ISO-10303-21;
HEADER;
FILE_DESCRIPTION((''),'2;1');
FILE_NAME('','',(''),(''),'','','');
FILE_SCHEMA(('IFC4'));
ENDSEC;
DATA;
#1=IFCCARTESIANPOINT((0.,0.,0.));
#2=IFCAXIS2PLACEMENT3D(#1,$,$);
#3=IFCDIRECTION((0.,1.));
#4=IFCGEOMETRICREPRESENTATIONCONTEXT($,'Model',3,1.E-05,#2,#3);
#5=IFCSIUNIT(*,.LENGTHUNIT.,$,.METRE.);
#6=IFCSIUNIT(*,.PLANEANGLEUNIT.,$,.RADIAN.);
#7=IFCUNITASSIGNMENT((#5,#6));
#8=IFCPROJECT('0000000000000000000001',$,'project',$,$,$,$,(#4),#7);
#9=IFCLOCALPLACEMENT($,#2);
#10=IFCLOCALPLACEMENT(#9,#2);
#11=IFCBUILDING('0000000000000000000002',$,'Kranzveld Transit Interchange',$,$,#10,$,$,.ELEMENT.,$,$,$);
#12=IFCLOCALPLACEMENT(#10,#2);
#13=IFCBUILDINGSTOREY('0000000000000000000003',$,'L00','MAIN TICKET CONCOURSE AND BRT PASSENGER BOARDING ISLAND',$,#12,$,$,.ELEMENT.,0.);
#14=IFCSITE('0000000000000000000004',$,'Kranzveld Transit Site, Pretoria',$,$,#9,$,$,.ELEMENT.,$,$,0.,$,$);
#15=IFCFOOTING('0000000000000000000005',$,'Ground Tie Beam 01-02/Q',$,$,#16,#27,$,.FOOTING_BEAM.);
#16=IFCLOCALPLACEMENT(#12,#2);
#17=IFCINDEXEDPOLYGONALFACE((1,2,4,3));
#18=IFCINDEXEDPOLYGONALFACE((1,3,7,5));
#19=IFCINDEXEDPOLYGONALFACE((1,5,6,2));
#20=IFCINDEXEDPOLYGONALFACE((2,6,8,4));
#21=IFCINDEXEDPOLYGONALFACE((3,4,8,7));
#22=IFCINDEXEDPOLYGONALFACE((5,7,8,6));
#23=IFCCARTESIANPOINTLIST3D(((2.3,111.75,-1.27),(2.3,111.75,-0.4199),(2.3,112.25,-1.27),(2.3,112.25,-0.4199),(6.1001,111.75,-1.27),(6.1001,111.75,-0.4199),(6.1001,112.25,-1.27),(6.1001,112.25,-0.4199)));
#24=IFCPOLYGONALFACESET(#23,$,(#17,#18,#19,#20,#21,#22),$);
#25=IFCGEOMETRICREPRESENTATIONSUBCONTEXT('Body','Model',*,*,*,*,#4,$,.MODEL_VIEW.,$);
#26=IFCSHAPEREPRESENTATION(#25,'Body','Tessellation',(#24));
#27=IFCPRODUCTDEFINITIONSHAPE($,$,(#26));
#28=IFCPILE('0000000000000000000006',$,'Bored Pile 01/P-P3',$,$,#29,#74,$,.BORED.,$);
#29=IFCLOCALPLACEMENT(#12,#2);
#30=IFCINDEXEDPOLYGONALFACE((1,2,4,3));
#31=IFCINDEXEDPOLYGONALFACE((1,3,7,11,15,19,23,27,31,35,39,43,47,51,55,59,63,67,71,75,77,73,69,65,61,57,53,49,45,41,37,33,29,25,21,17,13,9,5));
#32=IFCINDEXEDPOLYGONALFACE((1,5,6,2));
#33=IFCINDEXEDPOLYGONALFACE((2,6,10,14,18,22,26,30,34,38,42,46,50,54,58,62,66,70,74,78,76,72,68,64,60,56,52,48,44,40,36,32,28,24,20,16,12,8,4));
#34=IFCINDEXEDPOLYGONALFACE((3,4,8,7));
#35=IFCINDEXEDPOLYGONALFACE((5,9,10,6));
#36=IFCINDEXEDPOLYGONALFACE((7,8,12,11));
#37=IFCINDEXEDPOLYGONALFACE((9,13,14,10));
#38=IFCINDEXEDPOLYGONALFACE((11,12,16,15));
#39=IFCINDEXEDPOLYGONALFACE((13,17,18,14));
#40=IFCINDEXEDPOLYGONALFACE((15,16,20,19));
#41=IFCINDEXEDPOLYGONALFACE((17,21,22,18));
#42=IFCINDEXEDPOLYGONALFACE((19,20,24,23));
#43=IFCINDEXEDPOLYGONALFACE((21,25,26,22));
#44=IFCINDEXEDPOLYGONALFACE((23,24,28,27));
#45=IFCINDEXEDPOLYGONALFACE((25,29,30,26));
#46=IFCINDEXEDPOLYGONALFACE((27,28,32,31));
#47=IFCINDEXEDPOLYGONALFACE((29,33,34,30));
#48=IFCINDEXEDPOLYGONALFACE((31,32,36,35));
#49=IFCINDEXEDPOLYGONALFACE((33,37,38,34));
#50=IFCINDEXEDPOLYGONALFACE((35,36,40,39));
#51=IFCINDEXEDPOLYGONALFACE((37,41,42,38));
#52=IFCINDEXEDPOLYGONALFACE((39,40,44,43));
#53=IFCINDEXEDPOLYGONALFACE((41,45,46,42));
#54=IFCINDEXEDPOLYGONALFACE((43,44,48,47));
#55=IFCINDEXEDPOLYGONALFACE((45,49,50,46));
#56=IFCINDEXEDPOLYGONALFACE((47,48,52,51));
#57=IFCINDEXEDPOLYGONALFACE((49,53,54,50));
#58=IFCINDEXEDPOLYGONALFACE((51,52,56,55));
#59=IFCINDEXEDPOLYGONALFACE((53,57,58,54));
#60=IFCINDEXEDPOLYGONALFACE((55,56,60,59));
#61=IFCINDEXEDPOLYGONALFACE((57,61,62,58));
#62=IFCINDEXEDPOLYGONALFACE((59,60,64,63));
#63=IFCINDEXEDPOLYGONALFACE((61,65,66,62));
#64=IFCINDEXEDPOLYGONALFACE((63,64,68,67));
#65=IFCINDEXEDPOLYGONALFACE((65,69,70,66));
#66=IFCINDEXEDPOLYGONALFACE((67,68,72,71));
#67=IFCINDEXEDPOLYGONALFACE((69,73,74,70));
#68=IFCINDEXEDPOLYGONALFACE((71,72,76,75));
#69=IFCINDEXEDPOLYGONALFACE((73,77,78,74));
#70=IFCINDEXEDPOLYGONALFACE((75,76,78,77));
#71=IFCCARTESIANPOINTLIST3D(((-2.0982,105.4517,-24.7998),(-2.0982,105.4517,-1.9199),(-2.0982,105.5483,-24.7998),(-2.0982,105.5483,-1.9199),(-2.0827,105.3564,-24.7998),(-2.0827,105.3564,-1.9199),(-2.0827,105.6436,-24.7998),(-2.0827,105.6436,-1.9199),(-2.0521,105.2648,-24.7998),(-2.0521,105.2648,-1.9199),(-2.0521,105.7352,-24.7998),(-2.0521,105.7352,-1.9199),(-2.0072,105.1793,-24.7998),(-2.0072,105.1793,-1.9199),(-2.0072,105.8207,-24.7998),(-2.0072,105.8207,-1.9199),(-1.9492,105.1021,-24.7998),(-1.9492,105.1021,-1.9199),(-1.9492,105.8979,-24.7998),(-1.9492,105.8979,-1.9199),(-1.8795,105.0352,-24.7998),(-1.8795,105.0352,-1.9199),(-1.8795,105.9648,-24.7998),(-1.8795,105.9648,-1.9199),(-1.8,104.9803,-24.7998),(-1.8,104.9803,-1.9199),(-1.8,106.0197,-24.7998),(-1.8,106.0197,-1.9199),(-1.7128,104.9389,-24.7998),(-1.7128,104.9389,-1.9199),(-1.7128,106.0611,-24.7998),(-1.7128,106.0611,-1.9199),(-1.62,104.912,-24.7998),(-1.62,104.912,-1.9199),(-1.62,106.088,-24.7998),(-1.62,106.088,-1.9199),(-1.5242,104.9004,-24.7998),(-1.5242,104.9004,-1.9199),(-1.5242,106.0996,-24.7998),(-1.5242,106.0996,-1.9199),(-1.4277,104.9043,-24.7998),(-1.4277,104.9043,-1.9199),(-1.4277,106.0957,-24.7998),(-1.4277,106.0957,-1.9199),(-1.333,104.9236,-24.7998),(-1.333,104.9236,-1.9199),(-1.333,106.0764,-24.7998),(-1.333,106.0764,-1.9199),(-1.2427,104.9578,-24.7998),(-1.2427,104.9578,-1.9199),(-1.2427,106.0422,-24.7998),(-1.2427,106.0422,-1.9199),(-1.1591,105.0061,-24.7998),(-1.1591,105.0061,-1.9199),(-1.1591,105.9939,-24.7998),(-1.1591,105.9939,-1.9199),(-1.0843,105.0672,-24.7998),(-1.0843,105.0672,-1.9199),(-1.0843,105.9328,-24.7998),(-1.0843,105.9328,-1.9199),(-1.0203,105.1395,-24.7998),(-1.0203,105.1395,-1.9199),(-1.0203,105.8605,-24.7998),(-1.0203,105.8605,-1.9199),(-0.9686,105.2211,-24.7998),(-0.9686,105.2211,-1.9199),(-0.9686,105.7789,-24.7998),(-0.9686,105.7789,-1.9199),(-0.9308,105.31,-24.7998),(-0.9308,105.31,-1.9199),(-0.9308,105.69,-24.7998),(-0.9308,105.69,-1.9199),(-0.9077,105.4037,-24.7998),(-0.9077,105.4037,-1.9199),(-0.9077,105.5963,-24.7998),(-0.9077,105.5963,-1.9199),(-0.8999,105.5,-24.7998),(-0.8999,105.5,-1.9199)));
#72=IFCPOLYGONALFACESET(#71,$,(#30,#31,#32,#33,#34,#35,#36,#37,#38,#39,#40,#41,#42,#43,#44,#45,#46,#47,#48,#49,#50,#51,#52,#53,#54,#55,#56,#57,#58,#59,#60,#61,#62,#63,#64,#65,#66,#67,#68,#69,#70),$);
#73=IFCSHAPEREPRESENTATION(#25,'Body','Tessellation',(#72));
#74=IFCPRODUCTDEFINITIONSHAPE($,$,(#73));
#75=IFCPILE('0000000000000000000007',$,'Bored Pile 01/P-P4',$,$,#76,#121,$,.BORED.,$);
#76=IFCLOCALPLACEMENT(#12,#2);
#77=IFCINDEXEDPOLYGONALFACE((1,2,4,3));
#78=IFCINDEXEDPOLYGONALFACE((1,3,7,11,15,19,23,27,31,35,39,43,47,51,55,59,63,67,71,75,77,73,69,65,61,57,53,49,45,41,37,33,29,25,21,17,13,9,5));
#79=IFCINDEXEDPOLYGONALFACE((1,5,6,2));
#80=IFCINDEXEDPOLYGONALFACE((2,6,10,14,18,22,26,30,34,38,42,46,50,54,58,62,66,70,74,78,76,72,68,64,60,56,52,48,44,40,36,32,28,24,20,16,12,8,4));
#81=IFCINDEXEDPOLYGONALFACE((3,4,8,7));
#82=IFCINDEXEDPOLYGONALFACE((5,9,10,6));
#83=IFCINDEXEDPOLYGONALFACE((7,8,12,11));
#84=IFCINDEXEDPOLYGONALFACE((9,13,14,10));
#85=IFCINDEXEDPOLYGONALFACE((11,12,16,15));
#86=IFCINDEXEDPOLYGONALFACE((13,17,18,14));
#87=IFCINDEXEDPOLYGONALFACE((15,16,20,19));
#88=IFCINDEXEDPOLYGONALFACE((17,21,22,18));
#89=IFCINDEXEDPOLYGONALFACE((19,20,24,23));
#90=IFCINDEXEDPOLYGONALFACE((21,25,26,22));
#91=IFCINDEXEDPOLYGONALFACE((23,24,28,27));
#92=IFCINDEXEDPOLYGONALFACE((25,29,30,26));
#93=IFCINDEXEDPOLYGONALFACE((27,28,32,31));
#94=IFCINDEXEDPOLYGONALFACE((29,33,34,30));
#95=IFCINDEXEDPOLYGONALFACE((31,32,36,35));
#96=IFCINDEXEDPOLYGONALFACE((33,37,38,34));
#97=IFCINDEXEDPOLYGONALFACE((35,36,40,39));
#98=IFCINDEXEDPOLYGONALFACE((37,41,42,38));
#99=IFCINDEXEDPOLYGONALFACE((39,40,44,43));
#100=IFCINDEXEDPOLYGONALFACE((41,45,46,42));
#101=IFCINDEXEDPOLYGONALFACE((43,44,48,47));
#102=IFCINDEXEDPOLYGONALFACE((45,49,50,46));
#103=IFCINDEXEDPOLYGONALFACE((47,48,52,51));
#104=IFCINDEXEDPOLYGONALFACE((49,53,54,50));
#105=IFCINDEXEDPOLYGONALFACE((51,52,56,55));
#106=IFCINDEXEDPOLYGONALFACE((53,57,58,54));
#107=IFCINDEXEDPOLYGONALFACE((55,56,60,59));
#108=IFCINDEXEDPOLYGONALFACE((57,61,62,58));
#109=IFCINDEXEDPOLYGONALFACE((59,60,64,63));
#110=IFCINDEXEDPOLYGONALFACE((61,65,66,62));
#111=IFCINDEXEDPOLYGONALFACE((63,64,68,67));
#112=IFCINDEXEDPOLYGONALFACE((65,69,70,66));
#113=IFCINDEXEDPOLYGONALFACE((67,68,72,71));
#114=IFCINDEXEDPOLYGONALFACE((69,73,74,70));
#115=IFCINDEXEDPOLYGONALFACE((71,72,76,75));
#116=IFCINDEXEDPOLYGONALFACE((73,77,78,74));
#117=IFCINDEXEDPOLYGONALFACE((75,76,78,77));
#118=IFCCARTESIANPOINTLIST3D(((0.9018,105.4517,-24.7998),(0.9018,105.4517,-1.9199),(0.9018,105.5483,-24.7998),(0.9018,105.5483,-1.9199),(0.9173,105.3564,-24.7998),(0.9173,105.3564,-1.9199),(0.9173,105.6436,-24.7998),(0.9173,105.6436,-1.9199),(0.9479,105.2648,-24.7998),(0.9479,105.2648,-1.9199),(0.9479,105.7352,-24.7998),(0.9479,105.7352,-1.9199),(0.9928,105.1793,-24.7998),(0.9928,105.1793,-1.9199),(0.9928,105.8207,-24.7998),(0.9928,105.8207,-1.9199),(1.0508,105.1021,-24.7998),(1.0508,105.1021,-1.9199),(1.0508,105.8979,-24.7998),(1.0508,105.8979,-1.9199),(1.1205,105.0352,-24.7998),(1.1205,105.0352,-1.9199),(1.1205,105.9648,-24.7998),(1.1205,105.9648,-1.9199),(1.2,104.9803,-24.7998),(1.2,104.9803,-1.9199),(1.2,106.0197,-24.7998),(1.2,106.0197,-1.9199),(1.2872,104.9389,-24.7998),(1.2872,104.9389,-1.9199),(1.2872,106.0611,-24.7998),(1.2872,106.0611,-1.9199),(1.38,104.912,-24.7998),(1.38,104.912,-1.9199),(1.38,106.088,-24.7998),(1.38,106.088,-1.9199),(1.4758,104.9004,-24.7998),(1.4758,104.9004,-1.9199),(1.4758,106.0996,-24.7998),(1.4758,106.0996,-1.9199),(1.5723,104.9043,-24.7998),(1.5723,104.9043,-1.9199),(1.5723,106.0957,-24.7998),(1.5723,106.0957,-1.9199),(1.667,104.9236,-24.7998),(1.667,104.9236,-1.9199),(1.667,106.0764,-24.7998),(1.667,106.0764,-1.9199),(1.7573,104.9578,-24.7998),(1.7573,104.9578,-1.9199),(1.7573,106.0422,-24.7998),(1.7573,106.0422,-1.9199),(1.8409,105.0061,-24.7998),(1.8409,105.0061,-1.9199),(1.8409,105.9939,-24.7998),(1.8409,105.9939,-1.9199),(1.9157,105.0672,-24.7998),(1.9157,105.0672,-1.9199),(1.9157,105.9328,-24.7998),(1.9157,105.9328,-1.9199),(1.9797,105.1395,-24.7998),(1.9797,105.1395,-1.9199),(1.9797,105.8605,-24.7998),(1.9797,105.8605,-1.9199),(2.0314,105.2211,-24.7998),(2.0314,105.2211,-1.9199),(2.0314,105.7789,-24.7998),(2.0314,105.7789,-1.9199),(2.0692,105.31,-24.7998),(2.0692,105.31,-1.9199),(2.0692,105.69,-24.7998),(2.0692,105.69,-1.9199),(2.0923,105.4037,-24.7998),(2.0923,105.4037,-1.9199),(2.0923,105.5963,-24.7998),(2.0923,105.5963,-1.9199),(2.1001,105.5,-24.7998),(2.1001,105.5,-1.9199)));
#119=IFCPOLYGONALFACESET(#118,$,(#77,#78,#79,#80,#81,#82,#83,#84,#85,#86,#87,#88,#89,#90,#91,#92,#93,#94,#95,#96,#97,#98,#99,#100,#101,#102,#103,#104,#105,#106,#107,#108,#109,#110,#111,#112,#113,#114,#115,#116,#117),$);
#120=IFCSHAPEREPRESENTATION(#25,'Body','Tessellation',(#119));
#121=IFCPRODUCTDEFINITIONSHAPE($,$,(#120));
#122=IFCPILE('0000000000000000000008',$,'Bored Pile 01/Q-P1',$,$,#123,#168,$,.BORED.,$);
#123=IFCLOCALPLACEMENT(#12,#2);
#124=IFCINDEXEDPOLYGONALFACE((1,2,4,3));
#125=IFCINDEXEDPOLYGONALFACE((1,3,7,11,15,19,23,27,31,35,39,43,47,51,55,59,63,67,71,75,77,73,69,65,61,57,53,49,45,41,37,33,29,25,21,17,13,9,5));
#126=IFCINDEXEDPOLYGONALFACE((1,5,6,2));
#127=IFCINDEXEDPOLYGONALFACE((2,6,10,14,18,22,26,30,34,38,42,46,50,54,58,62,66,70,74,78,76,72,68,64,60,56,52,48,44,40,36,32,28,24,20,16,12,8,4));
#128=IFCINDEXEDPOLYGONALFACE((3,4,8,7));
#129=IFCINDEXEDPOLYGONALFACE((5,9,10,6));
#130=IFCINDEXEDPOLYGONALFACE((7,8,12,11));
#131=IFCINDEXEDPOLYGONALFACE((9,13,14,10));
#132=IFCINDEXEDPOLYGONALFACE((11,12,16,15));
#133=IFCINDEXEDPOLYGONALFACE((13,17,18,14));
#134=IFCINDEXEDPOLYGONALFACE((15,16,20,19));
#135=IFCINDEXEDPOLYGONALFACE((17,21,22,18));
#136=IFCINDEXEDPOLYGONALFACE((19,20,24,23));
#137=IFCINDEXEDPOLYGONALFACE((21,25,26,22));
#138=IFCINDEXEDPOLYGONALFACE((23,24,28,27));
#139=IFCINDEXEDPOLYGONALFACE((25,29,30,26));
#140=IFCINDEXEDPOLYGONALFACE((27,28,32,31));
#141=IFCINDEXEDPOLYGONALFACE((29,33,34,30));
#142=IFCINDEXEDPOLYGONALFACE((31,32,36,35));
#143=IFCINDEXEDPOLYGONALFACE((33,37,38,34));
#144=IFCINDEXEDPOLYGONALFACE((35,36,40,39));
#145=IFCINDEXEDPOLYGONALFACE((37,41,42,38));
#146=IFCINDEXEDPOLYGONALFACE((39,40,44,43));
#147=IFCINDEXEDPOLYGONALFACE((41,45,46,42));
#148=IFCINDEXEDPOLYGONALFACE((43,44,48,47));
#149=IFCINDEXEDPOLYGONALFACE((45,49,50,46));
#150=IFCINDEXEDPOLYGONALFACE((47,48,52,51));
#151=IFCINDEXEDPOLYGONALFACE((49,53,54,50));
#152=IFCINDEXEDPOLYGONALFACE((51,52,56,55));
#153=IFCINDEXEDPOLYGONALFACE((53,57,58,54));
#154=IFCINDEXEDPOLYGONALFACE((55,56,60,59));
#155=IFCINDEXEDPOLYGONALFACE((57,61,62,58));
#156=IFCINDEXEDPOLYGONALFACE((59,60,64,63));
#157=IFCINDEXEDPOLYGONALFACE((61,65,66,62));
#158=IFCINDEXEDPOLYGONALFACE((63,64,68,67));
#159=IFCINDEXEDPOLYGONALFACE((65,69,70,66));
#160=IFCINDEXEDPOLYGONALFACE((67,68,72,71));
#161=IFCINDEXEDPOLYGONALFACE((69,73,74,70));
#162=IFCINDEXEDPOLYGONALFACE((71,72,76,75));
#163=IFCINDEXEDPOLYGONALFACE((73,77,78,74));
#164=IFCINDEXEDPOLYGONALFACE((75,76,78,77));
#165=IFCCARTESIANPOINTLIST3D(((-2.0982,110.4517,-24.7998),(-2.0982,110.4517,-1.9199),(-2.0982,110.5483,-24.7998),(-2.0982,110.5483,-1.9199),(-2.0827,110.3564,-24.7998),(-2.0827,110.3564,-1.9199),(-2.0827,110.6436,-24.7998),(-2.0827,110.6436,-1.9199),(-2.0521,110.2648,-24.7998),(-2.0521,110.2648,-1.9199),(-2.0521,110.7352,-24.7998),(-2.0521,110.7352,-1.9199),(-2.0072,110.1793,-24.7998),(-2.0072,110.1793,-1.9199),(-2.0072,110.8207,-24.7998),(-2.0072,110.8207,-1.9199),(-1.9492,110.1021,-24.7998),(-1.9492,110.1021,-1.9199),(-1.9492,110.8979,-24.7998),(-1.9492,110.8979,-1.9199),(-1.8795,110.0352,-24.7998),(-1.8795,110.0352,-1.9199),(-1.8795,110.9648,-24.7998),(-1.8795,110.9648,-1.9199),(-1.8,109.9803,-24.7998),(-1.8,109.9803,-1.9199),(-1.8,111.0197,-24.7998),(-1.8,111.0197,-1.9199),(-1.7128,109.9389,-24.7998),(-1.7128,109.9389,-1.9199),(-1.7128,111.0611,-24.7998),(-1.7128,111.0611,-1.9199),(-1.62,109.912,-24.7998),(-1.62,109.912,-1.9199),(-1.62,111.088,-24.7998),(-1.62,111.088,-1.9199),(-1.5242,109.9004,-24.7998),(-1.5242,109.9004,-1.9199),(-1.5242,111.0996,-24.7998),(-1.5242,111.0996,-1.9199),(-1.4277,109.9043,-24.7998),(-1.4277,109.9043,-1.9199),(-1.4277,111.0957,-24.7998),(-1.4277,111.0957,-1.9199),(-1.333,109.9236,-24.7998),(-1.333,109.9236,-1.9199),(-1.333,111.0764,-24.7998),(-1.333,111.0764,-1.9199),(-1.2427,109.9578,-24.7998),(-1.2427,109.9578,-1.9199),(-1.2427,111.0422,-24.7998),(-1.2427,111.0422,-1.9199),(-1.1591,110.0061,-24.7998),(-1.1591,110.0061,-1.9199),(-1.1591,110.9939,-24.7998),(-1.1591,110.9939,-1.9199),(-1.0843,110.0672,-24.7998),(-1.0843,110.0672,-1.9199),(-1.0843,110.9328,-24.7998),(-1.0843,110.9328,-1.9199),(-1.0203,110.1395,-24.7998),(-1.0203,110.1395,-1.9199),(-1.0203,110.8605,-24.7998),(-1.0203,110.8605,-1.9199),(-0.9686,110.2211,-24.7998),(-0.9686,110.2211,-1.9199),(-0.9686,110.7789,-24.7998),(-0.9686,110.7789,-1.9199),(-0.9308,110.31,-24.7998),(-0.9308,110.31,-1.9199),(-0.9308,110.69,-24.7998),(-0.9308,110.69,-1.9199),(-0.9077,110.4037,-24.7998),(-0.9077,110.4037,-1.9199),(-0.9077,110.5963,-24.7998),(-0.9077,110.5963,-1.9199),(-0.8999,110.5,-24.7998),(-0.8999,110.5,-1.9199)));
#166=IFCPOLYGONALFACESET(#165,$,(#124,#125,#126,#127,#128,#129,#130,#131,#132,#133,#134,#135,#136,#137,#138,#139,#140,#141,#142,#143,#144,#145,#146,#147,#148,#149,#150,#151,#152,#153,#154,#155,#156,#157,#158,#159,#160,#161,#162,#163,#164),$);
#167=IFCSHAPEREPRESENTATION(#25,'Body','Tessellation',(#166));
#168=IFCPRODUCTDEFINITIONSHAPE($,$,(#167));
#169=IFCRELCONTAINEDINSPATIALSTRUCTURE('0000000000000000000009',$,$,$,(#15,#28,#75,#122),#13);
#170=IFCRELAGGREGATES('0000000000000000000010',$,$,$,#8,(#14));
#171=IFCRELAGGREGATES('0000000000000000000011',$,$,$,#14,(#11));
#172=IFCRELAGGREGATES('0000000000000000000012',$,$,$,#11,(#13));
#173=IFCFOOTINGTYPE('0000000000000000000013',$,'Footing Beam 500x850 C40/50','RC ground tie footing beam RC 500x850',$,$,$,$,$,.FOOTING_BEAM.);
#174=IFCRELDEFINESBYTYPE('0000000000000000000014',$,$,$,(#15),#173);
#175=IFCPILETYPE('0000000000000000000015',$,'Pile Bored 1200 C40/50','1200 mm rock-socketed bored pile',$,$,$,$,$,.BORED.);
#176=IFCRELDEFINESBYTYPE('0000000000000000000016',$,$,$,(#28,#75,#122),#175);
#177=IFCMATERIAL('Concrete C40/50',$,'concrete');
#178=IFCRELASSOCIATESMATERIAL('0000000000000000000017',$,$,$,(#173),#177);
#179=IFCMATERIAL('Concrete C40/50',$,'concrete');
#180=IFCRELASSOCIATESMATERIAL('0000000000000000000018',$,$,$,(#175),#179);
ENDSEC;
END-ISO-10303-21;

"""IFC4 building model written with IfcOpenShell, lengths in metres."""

from ifc_helpers import new_model, si_unit, direction, frame, origin, origin_2d, place, context, subcontext, project, spatial, rectangle, circle, extrude, material, material_profile, profile_set, type_object, element, save


model = new_model("IFC4")

# Units and contexts
model_context = context("Model", 3, precision=1e-05, world=origin(), true_north=direction((0.0, 1.0)))
body_context = subcontext(model_context, "Body", "Model", "MODEL_VIEW")
ifc_project = project(units=[si_unit("LENGTHUNIT", "METRE"), si_unit("PLANEANGLEUNIT", "RADIAN")], contexts=[model_context])

# Site, building, storey
site_placement = place(None, origin())
site = spatial("IfcSite", under=ifc_project, at=site_placement, Name="Kranzveld Transit Site, Pretoria", CompositionType="ELEMENT", RefElevation=0.0)
building_placement = place(site_placement, origin())
building = spatial("IfcBuilding", under=site, at=building_placement, Name="Kranzveld Transit Interchange", CompositionType="ELEMENT")
storey_placement = place(building_placement, origin())
storey = spatial("IfcBuildingStorey", under=building, at=storey_placement, Name="L00", Description="MAIN TICKET CONCOURSE AND BRT PASSENGER BOARDING ISLAND", CompositionType="ELEMENT", Elevation=0.0)

# Footing
ifc_material_1 = material(Name="Concrete C40/50", Category="concrete")
ifc_material_profile_1 = material_profile(ifc_material_1, rectangle(XDim=0.5, YDim=0.8501, at=origin_2d()), Name="RC 500x850")
ifc_profile_set_1 = profile_set([ifc_material_profile_1], Name="Concrete C40/50")
footing_type_1 = type_object("IfcFootingType", Name="Footing Beam 500x850 C40/50", Description="RC ground tie footing beam RC 500x850", PredefinedType="FOOTING_BEAM", material=ifc_profile_set_1)
footing_placement = place(storey_placement, frame((2.3, 112.0, -0.845), z_axis=(1.0, 0.0, 0.0), x_axis=(0.0, 1.0, 0.0)))
element("IfcFooting", 1, at=footing_placement, inside=storey, type_object=footing_type_1, Name="Ground Tie Beam 01-02/Q", PredefinedType="FOOTING_BEAM", context=body_context, shape_type="SweptSolid", body=[
    extrude(rectangle(XDim=0.5, YDim=0.8501, at=origin_2d()), origin(), (0.0, 0.0, 1.0), 3.8),
])

# Piles
ifc_material_2 = material(Name="Concrete C40/50", Category="concrete")
ifc_material_profile_2 = material_profile(ifc_material_2, circle(Radius=0.6001, at=origin_2d()), Name="BORED PILE 1200")
ifc_profile_set_2 = profile_set([ifc_material_profile_2], Name="Concrete C40/50")
pile_type = type_object("IfcPileType", Name="Pile Bored 1200 C40/50", Description="1200 mm rock-socketed bored pile", PredefinedType="BORED", material=ifc_profile_set_2)
for number, where, z_axis, x_axis, name in (
    (2, (-1.5, 105.5, -1.9199), (0.0, 0.0, -1.0), (1.0, 0.0, 0.0), "Bored Pile 01/P-P3"),
    (3, (1.5, 105.5, -1.9199), (0.0, 0.0, -1.0), (1.0, 0.0, 0.0), "Bored Pile 01/P-P4"),
    (4, (-1.5, 110.5, -1.9199), (0.0, 0.0, -1.0), (1.0, 0.0, 0.0), "Bored Pile 01/Q-P1"),
):
    element("IfcPile", number, at=place(storey_placement, frame(where, z_axis=z_axis, x_axis=x_axis)), inside=storey, type_object=pile_type, Name=name, PredefinedType="BORED", context=body_context, shape_type="SweptSolid", body=[
        extrude(circle(Radius=0.6001, at=origin_2d()), origin(), (0.0, 0.0, 1.0), 22.8799),
    ])

save(model, "model.ifc")
